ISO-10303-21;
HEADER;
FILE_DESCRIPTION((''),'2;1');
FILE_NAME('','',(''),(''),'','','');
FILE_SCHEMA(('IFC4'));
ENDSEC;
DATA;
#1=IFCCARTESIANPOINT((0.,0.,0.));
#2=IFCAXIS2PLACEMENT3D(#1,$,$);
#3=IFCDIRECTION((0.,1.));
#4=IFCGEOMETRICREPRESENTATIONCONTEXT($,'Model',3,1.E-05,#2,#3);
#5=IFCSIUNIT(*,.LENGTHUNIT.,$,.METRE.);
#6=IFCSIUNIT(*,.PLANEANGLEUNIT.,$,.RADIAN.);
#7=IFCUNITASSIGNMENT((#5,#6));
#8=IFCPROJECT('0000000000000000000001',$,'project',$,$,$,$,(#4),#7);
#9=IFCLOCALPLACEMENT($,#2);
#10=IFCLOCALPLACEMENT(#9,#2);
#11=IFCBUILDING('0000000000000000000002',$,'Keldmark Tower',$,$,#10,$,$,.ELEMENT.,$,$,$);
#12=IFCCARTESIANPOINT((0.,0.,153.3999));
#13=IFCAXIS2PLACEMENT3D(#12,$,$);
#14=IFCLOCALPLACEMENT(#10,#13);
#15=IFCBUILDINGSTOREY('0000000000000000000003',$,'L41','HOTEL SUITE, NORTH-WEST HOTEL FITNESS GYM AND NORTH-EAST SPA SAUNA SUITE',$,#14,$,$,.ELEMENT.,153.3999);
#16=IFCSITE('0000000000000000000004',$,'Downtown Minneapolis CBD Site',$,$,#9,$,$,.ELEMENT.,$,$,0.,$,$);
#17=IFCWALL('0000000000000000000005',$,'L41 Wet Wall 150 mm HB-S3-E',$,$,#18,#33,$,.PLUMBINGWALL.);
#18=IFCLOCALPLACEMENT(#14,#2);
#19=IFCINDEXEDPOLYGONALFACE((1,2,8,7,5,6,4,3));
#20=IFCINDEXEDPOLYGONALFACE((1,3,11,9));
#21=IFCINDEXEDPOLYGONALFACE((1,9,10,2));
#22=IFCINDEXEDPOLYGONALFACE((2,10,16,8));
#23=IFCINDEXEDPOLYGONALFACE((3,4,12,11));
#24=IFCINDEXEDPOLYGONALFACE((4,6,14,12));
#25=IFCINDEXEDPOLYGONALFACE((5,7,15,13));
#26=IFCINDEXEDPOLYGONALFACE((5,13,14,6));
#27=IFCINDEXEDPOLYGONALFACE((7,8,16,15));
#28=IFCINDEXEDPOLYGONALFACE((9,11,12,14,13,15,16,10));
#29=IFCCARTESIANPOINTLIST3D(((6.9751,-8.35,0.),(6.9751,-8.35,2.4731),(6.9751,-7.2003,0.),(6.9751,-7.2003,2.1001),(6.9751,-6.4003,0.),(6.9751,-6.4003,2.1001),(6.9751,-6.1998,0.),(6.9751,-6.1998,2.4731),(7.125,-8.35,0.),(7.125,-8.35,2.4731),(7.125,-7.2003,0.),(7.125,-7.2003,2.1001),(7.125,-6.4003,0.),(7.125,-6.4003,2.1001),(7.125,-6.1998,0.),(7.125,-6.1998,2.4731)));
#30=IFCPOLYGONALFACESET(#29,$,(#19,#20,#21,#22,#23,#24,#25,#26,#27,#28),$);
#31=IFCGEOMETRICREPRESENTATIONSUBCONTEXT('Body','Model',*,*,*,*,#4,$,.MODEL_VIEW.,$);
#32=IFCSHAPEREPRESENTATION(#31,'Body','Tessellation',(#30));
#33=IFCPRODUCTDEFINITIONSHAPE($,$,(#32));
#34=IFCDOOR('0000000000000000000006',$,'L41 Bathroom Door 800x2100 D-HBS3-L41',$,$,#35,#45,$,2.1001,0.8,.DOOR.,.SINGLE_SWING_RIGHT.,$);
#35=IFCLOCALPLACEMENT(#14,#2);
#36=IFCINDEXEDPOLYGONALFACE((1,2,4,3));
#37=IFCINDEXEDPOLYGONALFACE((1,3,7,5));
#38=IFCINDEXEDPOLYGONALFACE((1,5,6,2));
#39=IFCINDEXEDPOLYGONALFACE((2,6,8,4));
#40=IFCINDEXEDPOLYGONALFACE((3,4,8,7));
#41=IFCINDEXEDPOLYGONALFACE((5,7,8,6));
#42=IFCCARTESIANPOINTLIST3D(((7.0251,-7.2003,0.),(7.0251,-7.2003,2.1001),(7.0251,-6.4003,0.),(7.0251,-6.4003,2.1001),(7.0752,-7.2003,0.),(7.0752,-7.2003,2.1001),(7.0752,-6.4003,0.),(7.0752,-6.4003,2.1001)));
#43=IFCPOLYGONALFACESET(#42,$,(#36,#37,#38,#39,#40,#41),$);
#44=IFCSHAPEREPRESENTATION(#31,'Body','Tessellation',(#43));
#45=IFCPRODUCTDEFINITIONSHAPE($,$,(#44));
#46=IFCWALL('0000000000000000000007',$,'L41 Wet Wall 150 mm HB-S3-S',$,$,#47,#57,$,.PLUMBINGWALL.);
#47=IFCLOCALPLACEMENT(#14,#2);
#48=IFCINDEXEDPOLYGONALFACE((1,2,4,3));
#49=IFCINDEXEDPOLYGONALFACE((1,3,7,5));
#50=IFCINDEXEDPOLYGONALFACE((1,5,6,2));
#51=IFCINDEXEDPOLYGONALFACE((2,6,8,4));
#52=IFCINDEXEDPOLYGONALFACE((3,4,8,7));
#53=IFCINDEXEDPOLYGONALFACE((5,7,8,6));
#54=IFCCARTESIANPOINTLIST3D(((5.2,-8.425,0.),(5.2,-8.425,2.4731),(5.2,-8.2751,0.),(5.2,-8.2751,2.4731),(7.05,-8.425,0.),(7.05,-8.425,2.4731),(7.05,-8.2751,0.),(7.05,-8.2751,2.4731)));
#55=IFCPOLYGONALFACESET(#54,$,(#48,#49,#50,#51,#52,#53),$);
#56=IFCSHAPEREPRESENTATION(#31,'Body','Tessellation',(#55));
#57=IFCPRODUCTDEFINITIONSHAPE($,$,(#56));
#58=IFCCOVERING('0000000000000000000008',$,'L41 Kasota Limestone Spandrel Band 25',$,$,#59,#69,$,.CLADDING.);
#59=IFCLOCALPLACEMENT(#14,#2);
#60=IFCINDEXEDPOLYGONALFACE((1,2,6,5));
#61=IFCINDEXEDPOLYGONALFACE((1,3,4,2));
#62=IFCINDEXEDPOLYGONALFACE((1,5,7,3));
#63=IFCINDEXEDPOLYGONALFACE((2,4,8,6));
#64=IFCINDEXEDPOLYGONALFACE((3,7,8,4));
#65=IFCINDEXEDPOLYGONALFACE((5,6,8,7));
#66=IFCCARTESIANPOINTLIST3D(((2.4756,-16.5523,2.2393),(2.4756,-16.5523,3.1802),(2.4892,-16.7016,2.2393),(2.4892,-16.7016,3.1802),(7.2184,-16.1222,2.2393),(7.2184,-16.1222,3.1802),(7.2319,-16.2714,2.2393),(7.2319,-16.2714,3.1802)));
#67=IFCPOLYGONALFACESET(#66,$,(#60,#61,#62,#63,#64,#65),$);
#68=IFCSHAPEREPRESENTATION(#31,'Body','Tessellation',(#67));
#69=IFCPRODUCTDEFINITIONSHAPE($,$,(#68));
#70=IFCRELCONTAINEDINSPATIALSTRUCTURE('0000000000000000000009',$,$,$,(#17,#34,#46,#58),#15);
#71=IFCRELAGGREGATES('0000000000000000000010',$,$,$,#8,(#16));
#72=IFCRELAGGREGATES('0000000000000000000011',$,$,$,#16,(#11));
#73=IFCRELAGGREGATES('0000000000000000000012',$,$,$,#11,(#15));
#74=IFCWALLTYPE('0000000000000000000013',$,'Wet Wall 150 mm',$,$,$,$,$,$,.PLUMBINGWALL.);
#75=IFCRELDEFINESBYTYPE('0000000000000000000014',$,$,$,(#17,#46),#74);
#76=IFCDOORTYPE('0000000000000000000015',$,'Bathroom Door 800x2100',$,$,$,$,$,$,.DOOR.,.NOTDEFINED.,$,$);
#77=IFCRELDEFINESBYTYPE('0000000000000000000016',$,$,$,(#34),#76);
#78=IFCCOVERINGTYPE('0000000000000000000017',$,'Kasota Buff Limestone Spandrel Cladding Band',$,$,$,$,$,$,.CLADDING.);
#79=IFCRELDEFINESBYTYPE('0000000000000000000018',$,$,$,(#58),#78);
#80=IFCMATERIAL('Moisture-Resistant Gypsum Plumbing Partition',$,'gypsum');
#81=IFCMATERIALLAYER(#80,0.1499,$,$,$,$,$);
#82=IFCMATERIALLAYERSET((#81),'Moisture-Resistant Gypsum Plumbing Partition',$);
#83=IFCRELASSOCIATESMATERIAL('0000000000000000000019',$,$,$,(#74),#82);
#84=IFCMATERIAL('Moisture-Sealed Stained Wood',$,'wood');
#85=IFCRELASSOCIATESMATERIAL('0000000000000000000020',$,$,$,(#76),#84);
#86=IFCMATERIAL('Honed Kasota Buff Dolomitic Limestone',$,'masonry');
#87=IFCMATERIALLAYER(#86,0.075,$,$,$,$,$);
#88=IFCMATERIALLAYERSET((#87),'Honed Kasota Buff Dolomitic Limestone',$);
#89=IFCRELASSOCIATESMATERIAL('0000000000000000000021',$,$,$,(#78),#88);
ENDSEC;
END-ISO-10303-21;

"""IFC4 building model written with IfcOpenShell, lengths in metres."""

from ifc_helpers import new_model, si_unit, direction, frame, frame_2d, origin, origin_2d, place, context, subcontext, project, spatial, rectangle, extrude, material, layer, layer_set, type_object, element, fill, save


model = new_model("IFC4")

# Units and contexts
model_context = context("Model", 3, precision=1e-05, world=origin(), true_north=direction((0.0, 1.0)))
body_context = subcontext(model_context, "Body", "Model", "MODEL_VIEW")
ifc_project = project(units=[si_unit("LENGTHUNIT", "METRE"), si_unit("PLANEANGLEUNIT", "RADIAN")], contexts=[model_context])

# Site, building, storey
site_placement = place(None, origin())
site = spatial("IfcSite", under=ifc_project, at=site_placement, Name="Downtown Minneapolis CBD Site", CompositionType="ELEMENT", RefElevation=0.0)
building_placement = place(site_placement, origin())
building = spatial("IfcBuilding", under=site, at=building_placement, Name="Keldmark Tower", CompositionType="ELEMENT")
storey_placement = place(building_placement, frame((0.0, 0.0, 153.3999)))
storey = spatial("IfcBuildingStorey", under=building, at=storey_placement, Name="L41", Description="HOTEL SUITE, NORTH-WEST HOTEL FITNESS GYM AND NORTH-EAST SPA SAUNA SUITE", CompositionType="ELEMENT", Elevation=153.3999)

# Shared definitions
ifc_material_1 = material(Name="Moisture-Resistant Gypsum Plumbing Partition", Category="gypsum")
ifc_layer_1 = layer(ifc_material_1, 0.1499)
ifc_layer_set_1 = layer_set([ifc_layer_1], Name="Moisture-Resistant Gypsum Plumbing Partition")
wall_type_1 = type_object("IfcWallType", Name="Wet Wall 150 mm", PredefinedType="PLUMBINGWALL", material=ifc_layer_set_1)

# Wall, opening, door
wall_1_placement = place(storey_placement, frame((7.05, -8.3501, 0.0), z_axis=(0.0, 0.0, 1.0), x_axis=(0.0, 1.0, 0.0)))
wall_1 = element("IfcWall", 1, at=wall_1_placement, inside=storey, type_object=wall_type_1, Name="L41 Wet Wall 150 mm HB-S3-E", PredefinedType="PLUMBINGWALL", context=body_context, shape_type="SweptSolid", body=[
    extrude(rectangle(XDim=2.1501, YDim=0.1499, at=frame_2d((1.0752, 0.0))), origin(), (0.0, 0.0, 1.0), 2.4731),
])
opening_1_placement = place(wall_1_placement, frame((1.1499, 0.0, 0.0)))
opening_1 = element("IfcOpeningElement", 2, at=opening_1_placement, cuts=wall_1, PredefinedType="OPENING", context=body_context, shape_type="SweptSolid", body=[
    extrude(rectangle(XDim=0.8, YDim=2.1001, at=frame_2d((0.3999, 1.05))), frame((0.0, 0.085, 0.0), z_axis=(0.0, -1.0, 0.0), x_axis=(1.0, 0.0, 0.0)), (0.0, 0.0, 1.0), 0.1699),
])
ifc_material_2 = material(Name="Moisture-Sealed Stained Wood", Category="wood")
door_type = type_object("IfcDoorType", Name="Bathroom Door 800x2100", OperationType="NOTDEFINED", PredefinedType="DOOR", material=ifc_material_2)
door_placement = place(opening_1_placement, origin())
door = element("IfcDoor", 3, at=door_placement, inside=storey, type_object=door_type, Name="L41 Bathroom Door 800x2100 D-HBS3-L41", OperationType="SINGLE_SWING_RIGHT", OverallHeight=2.1001, OverallWidth=0.8, PredefinedType="DOOR", context=body_context, shape_type="SweptSolid", body=[
    extrude(rectangle(XDim=0.8, YDim=2.1001, at=frame_2d((0.3999, 1.05))), frame((0.0, 0.0249, 0.0), z_axis=(0.0, -1.0, 0.0), x_axis=(1.0, 0.0, 0.0)), (0.0, 0.0, 1.0), 0.05),
])
fill(opening_1, door)

# Wall
wall_2_placement = place(storey_placement, frame((5.2, -8.3501, 0.0), z_axis=(0.0, 0.0, 1.0), x_axis=(1.0, 0.0, 0.0)))
element("IfcWall", 4, at=wall_2_placement, inside=storey, type_object=wall_type_1, Name="L41 Wet Wall 150 mm HB-S3-S", PredefinedType="PLUMBINGWALL", context=body_context, shape_type="SweptSolid", body=[
    extrude(rectangle(XDim=1.8501, YDim=0.1499, at=frame_2d((0.925, 0.0))), origin(), (0.0, 0.0, 1.0), 2.4731),
])

# Covering
ifc_material_3 = material(Name="Honed Kasota Buff Dolomitic Limestone", Category="masonry")
ifc_layer_2 = layer(ifc_material_3, 0.075)
ifc_layer_set_2 = layer_set([ifc_layer_2], Name="Honed Kasota Buff Dolomitic Limestone")
covering_type = type_object("IfcCoveringType", Name="Kasota Buff Limestone Spandrel Cladding Band", PredefinedType="CLADDING", material=ifc_layer_set_2)
covering_placement = place(storey_placement, frame((4.8538, -16.4119, 2.2393), z_axis=(0.0, 0.0, 1.0), x_axis=(0.995913, 0.09032, 0.0)))
element("IfcCovering", 5, at=covering_placement, inside=storey, type_object=covering_type, Name="L41 Kasota Limestone Spandrel Band 25", PredefinedType="CLADDING", context=body_context, shape_type="SweptSolid", body=[
    extrude(rectangle(XDim=4.7622, YDim=0.1499, at=origin_2d()), origin(), (0.0, 0.0, 1.0), 0.9409),
])

save(model, "model.ifc")
